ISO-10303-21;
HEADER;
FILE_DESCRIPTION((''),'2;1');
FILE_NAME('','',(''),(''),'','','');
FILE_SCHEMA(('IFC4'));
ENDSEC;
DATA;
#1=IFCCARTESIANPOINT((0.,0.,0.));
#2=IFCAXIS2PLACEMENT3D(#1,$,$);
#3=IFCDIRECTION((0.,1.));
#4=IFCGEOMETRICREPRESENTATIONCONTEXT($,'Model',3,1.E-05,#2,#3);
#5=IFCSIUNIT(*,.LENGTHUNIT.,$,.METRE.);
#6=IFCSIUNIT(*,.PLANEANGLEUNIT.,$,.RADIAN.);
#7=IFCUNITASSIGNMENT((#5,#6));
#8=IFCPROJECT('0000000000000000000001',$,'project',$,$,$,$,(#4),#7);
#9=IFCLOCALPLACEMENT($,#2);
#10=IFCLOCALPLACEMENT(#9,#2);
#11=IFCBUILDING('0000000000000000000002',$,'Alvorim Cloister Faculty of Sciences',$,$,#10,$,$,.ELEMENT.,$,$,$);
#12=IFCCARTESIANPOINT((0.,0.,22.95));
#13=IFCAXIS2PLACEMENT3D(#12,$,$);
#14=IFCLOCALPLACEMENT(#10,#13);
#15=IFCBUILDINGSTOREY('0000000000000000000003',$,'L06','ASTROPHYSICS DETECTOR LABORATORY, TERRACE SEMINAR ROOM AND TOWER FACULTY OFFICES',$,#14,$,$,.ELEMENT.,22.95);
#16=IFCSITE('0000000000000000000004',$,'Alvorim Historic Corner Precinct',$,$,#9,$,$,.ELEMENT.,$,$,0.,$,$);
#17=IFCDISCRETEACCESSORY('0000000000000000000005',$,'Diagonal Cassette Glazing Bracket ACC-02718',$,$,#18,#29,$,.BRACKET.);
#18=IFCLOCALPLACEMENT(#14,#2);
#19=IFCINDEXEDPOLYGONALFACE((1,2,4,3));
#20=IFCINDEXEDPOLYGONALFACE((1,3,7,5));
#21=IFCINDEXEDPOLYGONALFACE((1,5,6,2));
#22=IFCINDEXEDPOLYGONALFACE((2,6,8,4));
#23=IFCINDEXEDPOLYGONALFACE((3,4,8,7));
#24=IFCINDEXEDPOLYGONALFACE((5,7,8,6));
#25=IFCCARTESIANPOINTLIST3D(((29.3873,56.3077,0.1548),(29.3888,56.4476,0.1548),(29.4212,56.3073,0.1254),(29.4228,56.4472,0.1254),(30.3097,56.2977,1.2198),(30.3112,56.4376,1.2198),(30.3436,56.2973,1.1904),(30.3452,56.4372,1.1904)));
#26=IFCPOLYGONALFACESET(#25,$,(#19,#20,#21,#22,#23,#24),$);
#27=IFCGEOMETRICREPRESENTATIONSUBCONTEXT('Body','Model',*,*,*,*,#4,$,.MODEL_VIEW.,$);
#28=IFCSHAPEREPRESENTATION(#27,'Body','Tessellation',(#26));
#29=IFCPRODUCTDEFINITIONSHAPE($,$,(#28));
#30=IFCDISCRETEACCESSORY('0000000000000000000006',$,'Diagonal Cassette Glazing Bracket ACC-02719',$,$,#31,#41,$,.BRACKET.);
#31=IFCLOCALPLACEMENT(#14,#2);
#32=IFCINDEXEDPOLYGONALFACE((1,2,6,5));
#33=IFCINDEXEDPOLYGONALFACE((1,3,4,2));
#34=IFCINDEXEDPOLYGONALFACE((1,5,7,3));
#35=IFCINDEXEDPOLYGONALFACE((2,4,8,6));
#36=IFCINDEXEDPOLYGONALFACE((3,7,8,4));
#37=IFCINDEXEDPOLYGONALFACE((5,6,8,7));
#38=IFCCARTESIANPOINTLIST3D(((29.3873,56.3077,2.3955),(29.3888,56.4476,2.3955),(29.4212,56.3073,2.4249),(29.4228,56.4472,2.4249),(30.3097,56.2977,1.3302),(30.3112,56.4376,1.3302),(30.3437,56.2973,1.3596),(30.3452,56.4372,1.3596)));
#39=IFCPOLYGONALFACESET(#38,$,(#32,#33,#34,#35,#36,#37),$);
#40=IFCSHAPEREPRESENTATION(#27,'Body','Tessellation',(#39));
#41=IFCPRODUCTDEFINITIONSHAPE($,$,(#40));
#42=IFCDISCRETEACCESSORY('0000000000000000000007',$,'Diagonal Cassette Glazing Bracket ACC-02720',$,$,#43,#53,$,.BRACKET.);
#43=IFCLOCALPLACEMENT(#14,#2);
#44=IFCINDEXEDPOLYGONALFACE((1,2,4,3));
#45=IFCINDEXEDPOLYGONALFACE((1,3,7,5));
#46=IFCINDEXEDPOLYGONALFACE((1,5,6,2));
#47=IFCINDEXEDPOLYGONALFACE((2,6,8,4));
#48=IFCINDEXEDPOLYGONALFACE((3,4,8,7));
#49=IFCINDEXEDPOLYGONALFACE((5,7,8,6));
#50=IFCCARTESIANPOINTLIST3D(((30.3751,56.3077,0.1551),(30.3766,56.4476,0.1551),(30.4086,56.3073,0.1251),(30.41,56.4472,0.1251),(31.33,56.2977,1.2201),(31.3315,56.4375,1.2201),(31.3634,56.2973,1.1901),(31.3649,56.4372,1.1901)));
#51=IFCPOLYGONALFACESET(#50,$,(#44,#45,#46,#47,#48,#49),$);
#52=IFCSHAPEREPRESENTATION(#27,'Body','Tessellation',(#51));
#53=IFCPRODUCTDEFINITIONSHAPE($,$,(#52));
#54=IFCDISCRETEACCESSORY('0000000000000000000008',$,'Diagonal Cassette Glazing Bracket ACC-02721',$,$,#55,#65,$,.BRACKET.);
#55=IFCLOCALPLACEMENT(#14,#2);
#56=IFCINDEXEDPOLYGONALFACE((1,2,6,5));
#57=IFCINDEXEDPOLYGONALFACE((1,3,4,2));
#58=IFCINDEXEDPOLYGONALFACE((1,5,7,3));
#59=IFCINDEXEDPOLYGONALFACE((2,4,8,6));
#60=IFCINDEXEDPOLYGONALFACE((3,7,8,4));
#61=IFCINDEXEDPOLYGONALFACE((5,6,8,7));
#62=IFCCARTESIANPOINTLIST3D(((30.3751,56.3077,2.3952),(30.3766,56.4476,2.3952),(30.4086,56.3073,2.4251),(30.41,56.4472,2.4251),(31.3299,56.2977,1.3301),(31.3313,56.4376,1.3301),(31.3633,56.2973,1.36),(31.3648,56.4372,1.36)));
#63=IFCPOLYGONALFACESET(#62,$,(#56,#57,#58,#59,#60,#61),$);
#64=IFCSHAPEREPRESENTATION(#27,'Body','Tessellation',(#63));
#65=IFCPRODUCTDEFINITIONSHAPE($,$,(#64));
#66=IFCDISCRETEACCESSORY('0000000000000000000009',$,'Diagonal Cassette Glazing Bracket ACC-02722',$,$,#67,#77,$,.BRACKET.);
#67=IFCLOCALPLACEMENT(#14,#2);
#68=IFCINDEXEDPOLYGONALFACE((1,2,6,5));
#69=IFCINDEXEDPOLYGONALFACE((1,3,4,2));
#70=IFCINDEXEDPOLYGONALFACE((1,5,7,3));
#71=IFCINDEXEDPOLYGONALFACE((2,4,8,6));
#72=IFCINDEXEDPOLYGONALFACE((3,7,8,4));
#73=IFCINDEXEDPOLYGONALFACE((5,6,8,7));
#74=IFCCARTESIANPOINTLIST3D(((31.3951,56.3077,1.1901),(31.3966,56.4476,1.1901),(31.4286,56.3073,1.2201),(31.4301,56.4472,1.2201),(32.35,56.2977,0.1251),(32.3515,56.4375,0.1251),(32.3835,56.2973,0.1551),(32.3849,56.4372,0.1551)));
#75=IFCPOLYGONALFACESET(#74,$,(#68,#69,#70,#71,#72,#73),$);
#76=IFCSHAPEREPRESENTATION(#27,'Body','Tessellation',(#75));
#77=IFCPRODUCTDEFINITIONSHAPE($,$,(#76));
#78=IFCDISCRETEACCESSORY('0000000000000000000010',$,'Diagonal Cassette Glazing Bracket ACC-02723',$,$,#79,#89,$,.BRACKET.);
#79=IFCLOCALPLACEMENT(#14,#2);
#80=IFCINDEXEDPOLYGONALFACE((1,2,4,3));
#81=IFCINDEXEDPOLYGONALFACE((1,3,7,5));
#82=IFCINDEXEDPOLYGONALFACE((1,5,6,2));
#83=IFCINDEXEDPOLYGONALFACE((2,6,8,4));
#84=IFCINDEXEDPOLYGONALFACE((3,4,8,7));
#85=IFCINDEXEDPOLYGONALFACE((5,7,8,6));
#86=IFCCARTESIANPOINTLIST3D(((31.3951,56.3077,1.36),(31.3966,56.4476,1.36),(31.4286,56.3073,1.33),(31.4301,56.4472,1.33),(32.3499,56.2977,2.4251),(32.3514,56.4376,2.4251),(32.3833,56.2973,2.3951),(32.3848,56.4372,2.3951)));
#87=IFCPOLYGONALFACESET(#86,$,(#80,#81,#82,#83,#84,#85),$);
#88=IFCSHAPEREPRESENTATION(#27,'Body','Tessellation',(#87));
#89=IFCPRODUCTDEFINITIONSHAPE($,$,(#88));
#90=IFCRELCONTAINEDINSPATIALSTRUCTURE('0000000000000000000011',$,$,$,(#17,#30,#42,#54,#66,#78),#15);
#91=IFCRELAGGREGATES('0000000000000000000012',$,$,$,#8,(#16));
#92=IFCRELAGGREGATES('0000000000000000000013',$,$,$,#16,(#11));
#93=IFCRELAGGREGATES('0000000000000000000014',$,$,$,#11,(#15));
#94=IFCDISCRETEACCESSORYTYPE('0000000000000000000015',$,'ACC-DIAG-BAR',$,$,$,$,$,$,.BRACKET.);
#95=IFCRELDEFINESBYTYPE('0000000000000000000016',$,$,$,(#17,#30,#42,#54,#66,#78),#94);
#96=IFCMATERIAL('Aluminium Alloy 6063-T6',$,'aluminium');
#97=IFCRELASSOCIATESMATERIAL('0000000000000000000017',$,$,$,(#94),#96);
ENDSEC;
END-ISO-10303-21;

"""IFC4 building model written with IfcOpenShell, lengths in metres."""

from ifc_helpers import new_model, si_unit, direction, frame, origin, origin_2d, place, context, subcontext, project, spatial, rectangle, extrude, material, type_object, element, save


model = new_model("IFC4")

# Units and contexts
model_context = context("Model", 3, precision=1e-05, world=origin(), true_north=direction((0.0, 1.0)))
body_context = subcontext(model_context, "Body", "Model", "MODEL_VIEW")
ifc_project = project(units=[si_unit("LENGTHUNIT", "METRE"), si_unit("PLANEANGLEUNIT", "RADIAN")], contexts=[model_context])

# Site, building, storey
site_placement = place(None, origin())
site = spatial("IfcSite", under=ifc_project, at=site_placement, Name="Alvorim Historic Corner Precinct", CompositionType="ELEMENT", RefElevation=0.0)
building_placement = place(site_placement, origin())
building = spatial("IfcBuilding", under=site, at=building_placement, Name="Alvorim Cloister Faculty of Sciences", CompositionType="ELEMENT")
storey_placement = place(building_placement, frame((0.0, 0.0, 22.95)))
storey = spatial("IfcBuildingStorey", under=building, at=storey_placement, Name="L06", Description="ASTROPHYSICS DETECTOR LABORATORY, TERRACE SEMINAR ROOM AND TOWER FACULTY OFFICES", CompositionType="ELEMENT", Elevation=22.95)

# Shared definitions
ifc_material_1 = material(Name="Aluminium Alloy 6063-T6", Category="aluminium")

# Discrete accessories
discrete_accessory_type = type_object("IfcDiscreteAccessoryType", Name="ACC-DIAG-BAR", PredefinedType="BRACKET", material=ifc_material_1)
discrete_accessory_1_placement = place(storey_placement, frame((29.405, 56.3774, 0.1401), z_axis=(0.654676, -0.007105, 0.755876), x_axis=(0.010852, 0.999941, 0.0)))
element("IfcDiscreteAccessory", 1, at=discrete_accessory_1_placement, inside=storey, type_object=discrete_accessory_type, Name="Diagonal Cassette Glazing Bracket ACC-02718", PredefinedType="BRACKET", context=body_context, shape_type="SweptSolid", body=[
    extrude(rectangle(XDim=0.1399, YDim=0.0449, at=origin_2d()), origin(), (0.0, 0.0, 1.0), 1.4089),
])
discrete_accessory_2_placement = place(storey_placement, frame((29.405, 56.3774, 2.4102), z_axis=(0.654591, -0.007104, -0.75595), x_axis=(0.010852, 0.999941, 0.0)))
element("IfcDiscreteAccessory", 2, at=discrete_accessory_2_placement, inside=storey, type_object=discrete_accessory_type, Name="Diagonal Cassette Glazing Bracket ACC-02719", PredefinedType="BRACKET", context=body_context, shape_type="SweptSolid", body=[
    extrude(rectangle(XDim=0.1399, YDim=0.0449, at=origin_2d()), origin(), (0.0, 0.0, 1.0), 1.4092),
])
for number, where, z_axis, x_axis, name in (
    (3, (30.3926, 56.3774, 0.1401), (0.667552, -0.006998, 0.744531), (0.010483, 0.999945, 0.0), "Diagonal Cassette Glazing Bracket ACC-02720"),
    (4, (30.3926, 56.3774, 2.4102), (0.667467, -0.006997, -0.744607), (0.010483, 0.999945, 0.0), "Diagonal Cassette Glazing Bracket ACC-02721"),
    (5, (31.4126, 56.3774, 1.2051), (0.667552, -0.006998, -0.744531), (0.010483, 0.999945, 0.0), "Diagonal Cassette Glazing Bracket ACC-02722"),
    (6, (31.4126, 56.3774, 1.345), (0.667467, -0.006997, 0.744607), (0.010483, 0.999945, 0.0), "Diagonal Cassette Glazing Bracket ACC-02723"),
):
    element("IfcDiscreteAccessory", number, at=place(storey_placement, frame(where, z_axis=z_axis, x_axis=x_axis)), inside=storey, type_object=discrete_accessory_type, Name=name, PredefinedType="BRACKET", context=body_context, shape_type="SweptSolid", body=[
        extrude(rectangle(XDim=0.1399, YDim=0.0449, at=origin_2d()), origin(), (0.0, 0.0, 1.0), 1.4304),
    ])

save(model, "model.ifc")
